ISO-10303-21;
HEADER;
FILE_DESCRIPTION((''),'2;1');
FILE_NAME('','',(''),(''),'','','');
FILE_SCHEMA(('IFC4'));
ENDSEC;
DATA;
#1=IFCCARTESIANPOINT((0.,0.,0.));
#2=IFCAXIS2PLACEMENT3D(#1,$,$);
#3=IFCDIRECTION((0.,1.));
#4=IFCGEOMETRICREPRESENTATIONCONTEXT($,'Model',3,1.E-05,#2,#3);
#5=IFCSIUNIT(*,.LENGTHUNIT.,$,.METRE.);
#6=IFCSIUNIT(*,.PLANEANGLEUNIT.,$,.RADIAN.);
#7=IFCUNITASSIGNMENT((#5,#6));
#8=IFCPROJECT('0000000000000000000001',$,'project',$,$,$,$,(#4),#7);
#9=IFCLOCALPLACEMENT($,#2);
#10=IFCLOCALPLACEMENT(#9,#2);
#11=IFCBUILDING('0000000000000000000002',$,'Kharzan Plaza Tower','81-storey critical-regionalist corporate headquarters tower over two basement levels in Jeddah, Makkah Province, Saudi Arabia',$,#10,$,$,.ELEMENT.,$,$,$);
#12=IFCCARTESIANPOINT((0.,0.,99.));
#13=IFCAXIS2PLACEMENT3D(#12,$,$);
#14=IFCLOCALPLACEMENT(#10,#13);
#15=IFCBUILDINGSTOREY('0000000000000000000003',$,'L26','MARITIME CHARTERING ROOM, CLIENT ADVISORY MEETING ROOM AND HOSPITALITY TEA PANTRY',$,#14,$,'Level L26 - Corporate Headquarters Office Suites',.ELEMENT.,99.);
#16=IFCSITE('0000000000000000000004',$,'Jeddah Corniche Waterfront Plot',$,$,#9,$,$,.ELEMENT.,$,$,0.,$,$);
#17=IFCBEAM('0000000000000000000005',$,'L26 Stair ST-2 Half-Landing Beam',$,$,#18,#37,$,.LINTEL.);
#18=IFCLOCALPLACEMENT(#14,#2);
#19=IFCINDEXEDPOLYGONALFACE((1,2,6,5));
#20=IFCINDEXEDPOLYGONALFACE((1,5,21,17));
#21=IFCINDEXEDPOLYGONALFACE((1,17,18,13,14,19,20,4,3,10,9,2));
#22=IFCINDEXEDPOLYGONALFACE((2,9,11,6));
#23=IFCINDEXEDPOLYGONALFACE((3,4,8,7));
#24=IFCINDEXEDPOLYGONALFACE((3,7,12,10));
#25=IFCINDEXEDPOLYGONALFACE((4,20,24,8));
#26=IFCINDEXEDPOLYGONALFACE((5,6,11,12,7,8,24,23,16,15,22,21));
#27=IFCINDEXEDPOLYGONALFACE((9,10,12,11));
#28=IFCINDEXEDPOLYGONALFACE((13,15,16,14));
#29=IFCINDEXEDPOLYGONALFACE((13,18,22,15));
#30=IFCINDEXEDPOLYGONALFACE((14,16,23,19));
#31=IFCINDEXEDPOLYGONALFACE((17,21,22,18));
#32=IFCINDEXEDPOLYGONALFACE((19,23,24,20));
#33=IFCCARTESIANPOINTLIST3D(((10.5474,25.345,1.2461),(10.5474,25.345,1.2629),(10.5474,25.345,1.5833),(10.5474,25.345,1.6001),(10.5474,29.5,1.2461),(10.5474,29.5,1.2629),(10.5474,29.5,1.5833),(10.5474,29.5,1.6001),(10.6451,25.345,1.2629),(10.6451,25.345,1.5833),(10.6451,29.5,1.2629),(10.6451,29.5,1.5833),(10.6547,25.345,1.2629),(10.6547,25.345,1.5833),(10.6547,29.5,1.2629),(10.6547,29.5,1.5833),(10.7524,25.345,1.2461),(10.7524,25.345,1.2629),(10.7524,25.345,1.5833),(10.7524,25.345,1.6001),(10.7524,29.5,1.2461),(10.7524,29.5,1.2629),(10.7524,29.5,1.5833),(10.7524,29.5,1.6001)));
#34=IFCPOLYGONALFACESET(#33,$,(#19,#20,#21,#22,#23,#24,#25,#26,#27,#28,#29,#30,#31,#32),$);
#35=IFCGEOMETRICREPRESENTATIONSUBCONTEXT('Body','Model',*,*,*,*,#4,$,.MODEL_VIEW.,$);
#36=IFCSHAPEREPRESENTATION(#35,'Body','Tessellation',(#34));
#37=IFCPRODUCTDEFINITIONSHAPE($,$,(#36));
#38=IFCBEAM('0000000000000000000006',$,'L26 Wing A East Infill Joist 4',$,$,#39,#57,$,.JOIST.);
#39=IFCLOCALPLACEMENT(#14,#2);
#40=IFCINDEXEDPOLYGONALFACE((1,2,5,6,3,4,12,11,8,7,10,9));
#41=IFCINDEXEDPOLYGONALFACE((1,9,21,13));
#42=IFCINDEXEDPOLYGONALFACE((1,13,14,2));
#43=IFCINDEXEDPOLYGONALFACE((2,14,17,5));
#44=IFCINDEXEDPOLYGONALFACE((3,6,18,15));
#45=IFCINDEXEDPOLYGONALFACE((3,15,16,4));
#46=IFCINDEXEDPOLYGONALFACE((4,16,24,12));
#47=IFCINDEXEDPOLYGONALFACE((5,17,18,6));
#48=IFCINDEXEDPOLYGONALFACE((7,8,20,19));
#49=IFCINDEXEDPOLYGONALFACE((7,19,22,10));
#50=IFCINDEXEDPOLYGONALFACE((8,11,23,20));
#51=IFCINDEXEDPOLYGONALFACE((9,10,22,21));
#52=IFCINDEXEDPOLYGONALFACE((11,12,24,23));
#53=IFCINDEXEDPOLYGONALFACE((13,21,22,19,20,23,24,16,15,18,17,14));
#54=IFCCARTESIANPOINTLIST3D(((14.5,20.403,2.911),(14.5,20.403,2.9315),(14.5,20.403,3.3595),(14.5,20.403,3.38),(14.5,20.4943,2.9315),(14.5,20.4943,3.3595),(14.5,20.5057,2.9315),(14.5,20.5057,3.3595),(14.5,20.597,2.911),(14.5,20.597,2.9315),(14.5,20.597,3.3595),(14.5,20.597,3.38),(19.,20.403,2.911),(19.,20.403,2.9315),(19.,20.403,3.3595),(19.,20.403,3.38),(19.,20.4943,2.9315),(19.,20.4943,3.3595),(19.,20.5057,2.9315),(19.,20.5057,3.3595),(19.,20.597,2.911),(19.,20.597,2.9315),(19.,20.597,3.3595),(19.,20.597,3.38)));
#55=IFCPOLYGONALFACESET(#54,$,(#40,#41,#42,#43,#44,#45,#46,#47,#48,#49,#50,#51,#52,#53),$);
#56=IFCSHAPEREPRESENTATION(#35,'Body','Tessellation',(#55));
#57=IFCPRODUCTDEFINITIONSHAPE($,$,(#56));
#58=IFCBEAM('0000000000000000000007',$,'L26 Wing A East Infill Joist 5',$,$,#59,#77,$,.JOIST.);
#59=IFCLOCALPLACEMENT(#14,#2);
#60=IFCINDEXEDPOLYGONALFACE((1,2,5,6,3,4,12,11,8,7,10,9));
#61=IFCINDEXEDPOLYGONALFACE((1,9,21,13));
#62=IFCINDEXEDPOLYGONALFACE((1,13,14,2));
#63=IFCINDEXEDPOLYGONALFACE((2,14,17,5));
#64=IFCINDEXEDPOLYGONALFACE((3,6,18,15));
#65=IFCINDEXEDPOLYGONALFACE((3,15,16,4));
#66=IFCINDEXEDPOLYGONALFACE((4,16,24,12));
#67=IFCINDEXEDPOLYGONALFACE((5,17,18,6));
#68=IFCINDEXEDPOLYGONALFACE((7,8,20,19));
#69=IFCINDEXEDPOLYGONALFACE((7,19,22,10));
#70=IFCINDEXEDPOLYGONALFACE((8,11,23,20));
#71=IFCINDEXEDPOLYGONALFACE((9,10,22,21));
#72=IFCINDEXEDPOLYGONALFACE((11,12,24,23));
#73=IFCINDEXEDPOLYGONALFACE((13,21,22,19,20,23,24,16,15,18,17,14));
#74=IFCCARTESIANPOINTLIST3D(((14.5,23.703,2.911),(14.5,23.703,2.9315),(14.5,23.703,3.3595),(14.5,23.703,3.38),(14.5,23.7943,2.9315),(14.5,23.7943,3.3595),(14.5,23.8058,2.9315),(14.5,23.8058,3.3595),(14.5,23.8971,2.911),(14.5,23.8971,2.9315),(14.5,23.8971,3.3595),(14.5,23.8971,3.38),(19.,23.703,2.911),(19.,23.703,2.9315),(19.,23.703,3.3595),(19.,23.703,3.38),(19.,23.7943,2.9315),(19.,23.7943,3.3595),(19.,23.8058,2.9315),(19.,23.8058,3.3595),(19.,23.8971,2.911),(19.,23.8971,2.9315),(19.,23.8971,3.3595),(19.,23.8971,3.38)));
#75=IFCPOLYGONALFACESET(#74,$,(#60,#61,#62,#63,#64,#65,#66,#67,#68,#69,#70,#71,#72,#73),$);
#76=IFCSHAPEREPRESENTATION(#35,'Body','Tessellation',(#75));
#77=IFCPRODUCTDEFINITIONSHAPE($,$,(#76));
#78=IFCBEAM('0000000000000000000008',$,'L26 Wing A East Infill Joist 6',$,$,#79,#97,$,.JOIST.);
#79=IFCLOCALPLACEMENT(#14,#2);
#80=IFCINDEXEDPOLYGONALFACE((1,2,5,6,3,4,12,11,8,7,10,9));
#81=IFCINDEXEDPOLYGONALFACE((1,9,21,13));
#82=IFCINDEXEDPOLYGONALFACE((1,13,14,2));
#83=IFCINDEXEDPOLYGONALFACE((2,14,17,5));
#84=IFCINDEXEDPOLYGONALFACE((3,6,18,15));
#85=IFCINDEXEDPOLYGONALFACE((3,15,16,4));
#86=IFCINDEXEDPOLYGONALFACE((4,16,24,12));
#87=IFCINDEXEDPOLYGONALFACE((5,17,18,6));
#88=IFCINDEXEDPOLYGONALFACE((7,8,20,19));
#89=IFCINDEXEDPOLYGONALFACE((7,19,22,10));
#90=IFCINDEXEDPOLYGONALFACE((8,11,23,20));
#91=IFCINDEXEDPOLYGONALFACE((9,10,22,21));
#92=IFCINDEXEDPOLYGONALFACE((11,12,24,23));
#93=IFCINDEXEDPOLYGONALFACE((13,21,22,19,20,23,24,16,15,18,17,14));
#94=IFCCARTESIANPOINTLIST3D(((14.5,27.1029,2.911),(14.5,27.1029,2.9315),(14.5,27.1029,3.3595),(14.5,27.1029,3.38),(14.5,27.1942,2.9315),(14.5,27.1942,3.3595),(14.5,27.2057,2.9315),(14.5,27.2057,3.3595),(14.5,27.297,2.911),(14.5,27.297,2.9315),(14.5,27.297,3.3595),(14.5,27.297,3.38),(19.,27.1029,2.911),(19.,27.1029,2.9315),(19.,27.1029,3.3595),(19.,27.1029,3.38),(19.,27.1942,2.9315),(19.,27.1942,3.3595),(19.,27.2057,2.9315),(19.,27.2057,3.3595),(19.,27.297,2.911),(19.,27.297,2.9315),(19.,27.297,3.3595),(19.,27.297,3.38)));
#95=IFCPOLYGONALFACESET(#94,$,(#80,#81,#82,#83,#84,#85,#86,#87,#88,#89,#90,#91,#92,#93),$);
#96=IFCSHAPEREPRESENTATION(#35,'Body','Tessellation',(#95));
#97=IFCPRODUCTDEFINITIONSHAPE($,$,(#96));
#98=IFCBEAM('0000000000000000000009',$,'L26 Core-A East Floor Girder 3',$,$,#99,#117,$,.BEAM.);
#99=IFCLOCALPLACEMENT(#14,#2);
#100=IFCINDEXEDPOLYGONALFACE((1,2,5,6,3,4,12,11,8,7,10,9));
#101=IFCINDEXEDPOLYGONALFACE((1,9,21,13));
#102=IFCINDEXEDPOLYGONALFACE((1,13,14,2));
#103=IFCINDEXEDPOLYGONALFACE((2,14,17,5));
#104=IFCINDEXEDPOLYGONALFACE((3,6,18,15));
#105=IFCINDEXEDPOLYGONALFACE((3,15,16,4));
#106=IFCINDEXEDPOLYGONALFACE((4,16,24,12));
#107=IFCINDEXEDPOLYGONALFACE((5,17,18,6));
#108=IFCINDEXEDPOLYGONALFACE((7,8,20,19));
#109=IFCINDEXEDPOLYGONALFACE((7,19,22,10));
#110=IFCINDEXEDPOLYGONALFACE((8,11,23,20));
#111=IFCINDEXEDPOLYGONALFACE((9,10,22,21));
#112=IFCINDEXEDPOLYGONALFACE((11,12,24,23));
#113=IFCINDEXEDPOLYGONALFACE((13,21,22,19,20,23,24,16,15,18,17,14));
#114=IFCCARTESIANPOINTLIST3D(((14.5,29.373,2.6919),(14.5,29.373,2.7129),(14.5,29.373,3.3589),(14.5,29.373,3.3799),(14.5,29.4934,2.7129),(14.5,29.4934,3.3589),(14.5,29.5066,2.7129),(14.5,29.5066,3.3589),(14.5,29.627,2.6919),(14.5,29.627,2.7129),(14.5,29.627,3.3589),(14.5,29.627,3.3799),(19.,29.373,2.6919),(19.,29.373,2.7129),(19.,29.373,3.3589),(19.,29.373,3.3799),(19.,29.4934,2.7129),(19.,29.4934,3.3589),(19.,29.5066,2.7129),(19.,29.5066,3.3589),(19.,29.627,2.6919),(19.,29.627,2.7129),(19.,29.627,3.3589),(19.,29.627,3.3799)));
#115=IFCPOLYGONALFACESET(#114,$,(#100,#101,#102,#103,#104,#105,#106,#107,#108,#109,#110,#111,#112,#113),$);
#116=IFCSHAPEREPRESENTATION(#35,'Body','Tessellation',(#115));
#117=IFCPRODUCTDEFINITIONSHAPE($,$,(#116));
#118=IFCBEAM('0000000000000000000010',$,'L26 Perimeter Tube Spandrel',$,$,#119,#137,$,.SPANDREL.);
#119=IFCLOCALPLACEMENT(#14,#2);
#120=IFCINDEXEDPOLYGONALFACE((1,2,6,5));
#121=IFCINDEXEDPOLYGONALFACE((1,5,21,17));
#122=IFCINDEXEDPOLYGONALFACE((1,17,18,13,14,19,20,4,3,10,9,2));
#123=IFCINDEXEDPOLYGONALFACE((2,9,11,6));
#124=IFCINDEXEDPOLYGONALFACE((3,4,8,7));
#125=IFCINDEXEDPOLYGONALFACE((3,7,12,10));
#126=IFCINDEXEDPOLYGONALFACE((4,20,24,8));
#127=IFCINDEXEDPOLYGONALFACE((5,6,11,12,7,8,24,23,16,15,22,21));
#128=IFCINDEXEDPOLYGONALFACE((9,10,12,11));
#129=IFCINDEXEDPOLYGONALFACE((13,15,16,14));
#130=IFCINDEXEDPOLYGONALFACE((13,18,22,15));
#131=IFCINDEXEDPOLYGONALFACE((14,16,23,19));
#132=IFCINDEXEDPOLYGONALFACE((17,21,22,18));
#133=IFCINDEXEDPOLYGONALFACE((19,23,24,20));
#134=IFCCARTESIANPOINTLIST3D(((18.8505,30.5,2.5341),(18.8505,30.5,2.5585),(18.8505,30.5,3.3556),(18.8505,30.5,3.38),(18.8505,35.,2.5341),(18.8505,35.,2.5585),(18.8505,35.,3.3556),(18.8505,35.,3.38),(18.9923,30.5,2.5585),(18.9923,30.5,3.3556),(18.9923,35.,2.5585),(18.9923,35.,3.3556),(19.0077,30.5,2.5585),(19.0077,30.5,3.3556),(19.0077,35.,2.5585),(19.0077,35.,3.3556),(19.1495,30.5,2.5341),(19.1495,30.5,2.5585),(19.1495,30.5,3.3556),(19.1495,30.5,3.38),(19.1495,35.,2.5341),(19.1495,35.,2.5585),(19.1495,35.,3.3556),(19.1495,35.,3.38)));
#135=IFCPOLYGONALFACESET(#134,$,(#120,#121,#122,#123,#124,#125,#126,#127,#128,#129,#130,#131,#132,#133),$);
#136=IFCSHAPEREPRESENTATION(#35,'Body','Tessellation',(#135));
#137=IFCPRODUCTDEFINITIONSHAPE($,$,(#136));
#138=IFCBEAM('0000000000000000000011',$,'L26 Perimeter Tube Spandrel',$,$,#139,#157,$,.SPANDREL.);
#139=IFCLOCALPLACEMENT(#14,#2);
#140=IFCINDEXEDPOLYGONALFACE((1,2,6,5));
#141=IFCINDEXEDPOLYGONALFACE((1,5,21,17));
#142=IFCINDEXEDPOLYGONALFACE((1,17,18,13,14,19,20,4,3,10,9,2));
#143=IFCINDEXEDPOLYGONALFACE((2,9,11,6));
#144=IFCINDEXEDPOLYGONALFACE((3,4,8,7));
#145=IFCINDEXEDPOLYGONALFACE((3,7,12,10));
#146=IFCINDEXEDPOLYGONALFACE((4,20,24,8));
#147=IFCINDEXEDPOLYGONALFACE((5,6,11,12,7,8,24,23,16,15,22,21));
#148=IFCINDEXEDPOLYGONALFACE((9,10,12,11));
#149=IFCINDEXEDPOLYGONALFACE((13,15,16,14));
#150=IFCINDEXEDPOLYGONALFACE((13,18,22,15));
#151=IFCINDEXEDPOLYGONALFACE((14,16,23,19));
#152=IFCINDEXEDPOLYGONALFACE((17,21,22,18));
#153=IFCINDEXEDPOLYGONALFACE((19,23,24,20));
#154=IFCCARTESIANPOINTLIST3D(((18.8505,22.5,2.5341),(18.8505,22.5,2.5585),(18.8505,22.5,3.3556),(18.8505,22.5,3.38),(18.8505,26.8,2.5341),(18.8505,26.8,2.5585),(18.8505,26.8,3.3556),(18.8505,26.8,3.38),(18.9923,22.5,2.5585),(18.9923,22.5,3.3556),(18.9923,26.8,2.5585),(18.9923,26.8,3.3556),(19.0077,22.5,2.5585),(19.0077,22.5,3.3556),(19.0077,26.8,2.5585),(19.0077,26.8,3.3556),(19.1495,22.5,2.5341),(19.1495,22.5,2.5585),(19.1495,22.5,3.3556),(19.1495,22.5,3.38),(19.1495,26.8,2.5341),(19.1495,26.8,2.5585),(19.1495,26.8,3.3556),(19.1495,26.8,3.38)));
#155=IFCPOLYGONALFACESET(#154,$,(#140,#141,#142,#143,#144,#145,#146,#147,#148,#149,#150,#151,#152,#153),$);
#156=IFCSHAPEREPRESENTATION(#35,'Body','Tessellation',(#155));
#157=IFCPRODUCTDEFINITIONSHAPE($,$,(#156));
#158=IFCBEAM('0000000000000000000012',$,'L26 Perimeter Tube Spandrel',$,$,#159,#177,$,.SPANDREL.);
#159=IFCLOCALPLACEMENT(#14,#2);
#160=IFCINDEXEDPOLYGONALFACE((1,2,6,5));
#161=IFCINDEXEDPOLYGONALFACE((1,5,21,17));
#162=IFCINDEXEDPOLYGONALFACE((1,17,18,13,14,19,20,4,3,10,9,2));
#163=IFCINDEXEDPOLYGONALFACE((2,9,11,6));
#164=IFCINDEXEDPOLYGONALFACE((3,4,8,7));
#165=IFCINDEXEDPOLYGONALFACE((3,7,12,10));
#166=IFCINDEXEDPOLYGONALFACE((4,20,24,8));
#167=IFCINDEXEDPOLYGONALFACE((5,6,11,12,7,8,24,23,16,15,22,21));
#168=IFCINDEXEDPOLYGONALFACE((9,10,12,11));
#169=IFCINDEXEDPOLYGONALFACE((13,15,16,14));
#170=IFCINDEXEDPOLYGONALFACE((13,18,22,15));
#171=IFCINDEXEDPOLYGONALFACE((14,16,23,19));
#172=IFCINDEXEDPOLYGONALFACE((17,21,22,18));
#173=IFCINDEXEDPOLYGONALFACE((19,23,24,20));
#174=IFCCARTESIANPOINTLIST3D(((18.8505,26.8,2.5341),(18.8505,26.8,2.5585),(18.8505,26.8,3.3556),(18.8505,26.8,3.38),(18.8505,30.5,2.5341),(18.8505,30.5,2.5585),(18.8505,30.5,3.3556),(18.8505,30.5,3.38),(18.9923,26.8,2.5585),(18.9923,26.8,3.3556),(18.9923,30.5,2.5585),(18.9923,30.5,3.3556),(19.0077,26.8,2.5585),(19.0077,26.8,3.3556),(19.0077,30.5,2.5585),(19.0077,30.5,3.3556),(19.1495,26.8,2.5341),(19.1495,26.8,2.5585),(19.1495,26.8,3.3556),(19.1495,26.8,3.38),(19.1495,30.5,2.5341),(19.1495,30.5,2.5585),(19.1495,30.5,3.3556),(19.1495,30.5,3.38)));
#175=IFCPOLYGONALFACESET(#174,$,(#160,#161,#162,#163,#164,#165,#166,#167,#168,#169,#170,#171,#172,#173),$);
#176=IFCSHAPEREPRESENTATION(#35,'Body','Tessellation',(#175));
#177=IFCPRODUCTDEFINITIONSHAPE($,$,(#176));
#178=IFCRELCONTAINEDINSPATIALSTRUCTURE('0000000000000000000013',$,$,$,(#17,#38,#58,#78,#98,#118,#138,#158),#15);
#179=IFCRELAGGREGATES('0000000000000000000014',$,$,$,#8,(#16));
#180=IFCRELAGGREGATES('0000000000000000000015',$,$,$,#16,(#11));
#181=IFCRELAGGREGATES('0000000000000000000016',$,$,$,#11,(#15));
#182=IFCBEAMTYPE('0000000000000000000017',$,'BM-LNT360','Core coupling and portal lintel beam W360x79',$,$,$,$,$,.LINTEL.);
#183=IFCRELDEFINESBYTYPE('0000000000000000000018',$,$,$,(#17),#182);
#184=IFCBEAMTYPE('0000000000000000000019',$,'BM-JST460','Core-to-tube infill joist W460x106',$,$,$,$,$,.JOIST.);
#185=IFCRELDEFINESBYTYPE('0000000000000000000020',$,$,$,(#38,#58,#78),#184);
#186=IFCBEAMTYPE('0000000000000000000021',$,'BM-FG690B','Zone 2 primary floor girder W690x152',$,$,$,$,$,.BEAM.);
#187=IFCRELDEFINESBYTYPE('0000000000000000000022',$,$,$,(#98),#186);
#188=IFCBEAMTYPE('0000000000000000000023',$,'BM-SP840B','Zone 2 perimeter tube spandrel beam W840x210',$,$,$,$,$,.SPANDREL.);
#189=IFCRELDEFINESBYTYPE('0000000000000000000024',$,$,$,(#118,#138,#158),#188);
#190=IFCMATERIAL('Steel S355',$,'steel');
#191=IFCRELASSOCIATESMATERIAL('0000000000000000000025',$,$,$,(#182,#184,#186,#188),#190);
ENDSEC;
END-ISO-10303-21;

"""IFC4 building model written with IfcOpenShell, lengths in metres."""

from ifc_helpers import new_model, si_unit, direction, frame, origin, origin_2d, place, context, subcontext, project, spatial, i_section, extrude, source, transform, mapped, material, material_profile, profile_set, type_object, element, save


model = new_model("IFC4")

# Units and contexts
model_context = context("Model", 3, precision=1e-05, world=origin(), true_north=direction((0.0, 1.0)))
body_context = subcontext(model_context, "Body", "Model", "MODEL_VIEW")
ifc_project = project(units=[si_unit("LENGTHUNIT", "METRE"), si_unit("PLANEANGLEUNIT", "RADIAN")], contexts=[model_context])

# Site, building, storey
site_placement = place(None, origin())
site = spatial("IfcSite", under=ifc_project, at=site_placement, Name="Jeddah Corniche Waterfront Plot", CompositionType="ELEMENT", RefElevation=0.0)
building_placement = place(site_placement, origin())
building = spatial("IfcBuilding", under=site, at=building_placement, Name="Kharzan Plaza Tower", Description="81-storey critical-regionalist corporate headquarters tower over two basement levels in Jeddah, Makkah Province, Saudi Arabia", CompositionType="ELEMENT")
storey_placement = place(building_placement, frame((0.0, 0.0, 99.0)))
storey = spatial("IfcBuildingStorey", under=building, at=storey_placement, Name="L26", Description="MARITIME CHARTERING ROOM, CLIENT ADVISORY MEETING ROOM AND HOSPITALITY TEA PANTRY", LongName="Level L26 - Corporate Headquarters Office Suites", CompositionType="ELEMENT", Elevation=99.0)

# Beams
ifc_material_1 = material(Name="Steel S355", Category="steel")
ifc_material_profile_1 = material_profile(ifc_material_1, i_section(OverallWidth=0.2051, OverallDepth=0.354, WebThickness=0.0095, FlangeThickness=0.0168, at=origin_2d()), Name="W360x79")
ifc_profile_set_1 = profile_set([ifc_material_profile_1], Name="Steel S355")
beam_type_1 = type_object("IfcBeamType", Name="BM-LNT360", Description="Core coupling and portal lintel beam W360x79", PredefinedType="LINTEL", material=ifc_profile_set_1)
shared_shape_1 = source(origin(), body_context, "Body", "SweptSolid", [
    extrude(i_section(OverallWidth=0.2051, OverallDepth=0.354, WebThickness=0.0095, FlangeThickness=0.0168, at=origin_2d()), origin(), (0.0, 0.0, 1.0), 4.155),
])
beam_1_placement = place(storey_placement, frame((10.6499, 25.345, 1.4231), z_axis=(0.0, 1.0, 0.0), x_axis=(-1.0, 0.0, 0.0)))
element("IfcBeam", 1, at=beam_1_placement, inside=storey, type_object=beam_type_1, Name="L26 Stair ST-2 Half-Landing Beam", PredefinedType="LINTEL", context=body_context, shape_type="MappedRepresentation", body=[
    mapped(shared_shape_1, transform((0.0, 0.0, 0.0), x_axis=(1.0, 0.0, 0.0), y_axis=(0.0, 1.0, 0.0), z_axis=(0.0, 0.0, 1.0))),
])
ifc_material_profile_2 = material_profile(ifc_material_1, i_section(OverallWidth=0.1941, OverallDepth=0.469, WebThickness=0.0115, FlangeThickness=0.0205, at=origin_2d()), Name="W460x106")
ifc_profile_set_2 = profile_set([ifc_material_profile_2], Name="Steel S355")
beam_type_2 = type_object("IfcBeamType", Name="BM-JST460", Description="Core-to-tube infill joist W460x106", PredefinedType="JOIST", material=ifc_profile_set_2)
shared_shape_2 = source(origin(), body_context, "Body", "SweptSolid", [
    extrude(i_section(OverallWidth=0.1941, OverallDepth=0.469, WebThickness=0.0115, FlangeThickness=0.0205, at=origin_2d()), origin(), (0.0, 0.0, 1.0), 4.5),
])
for number, where, z_axis, x_axis, name in (
    (2, (14.5, 20.5, 3.1455), (1.0, 0.0, 0.0), (0.0, 1.0, 0.0), "L26 Wing A East Infill Joist 4"),
    (3, (14.5, 23.8, 3.1455), (1.0, 0.0, 0.0), (0.0, 1.0, 0.0), "L26 Wing A East Infill Joist 5"),
    (4, (14.5, 27.2, 3.1455), (1.0, 0.0, 0.0), (0.0, 1.0, 0.0), "L26 Wing A East Infill Joist 6"),
):
    element("IfcBeam", number, at=place(storey_placement, frame(where, z_axis=z_axis, x_axis=x_axis)), inside=storey, type_object=beam_type_2, Name=name, PredefinedType="JOIST", context=body_context, shape_type="MappedRepresentation", body=[
        mapped(shared_shape_2, transform((0.0, 0.0, 0.0), x_axis=(1.0, 0.0, 0.0), y_axis=(0.0, 1.0, 0.0), z_axis=(0.0, 0.0, 1.0))),
    ])
ifc_material_profile_3 = material_profile(ifc_material_1, i_section(OverallWidth=0.2539, OverallDepth=0.688, WebThickness=0.0132, FlangeThickness=0.021, at=origin_2d()), Name="W690x152")
ifc_profile_set_3 = profile_set([ifc_material_profile_3], Name="Steel S355")
beam_type_3 = type_object("IfcBeamType", Name="BM-FG690B", Description="Zone 2 primary floor girder W690x152", PredefinedType="BEAM", material=ifc_profile_set_3)
shared_shape_3 = source(origin(), body_context, "Body", "SweptSolid", [
    extrude(i_section(OverallWidth=0.2539, OverallDepth=0.688, WebThickness=0.0132, FlangeThickness=0.021, at=origin_2d()), origin(), (0.0, 0.0, 1.0), 4.5),
])
beam_2_placement = place(storey_placement, frame((14.5, 29.5, 3.0359), z_axis=(1.0, 0.0, 0.0), x_axis=(0.0, 1.0, 0.0)))
element("IfcBeam", 5, at=beam_2_placement, inside=storey, type_object=beam_type_3, Name="L26 Core-A East Floor Girder 3", PredefinedType="BEAM", context=body_context, shape_type="MappedRepresentation", body=[
    mapped(shared_shape_3, transform((0.0, 0.0, 0.0), x_axis=(1.0, 0.0, 0.0), y_axis=(0.0, 1.0, 0.0), z_axis=(0.0, 0.0, 1.0))),
])
ifc_material_profile_4 = material_profile(ifc_material_1, i_section(OverallWidth=0.2991, OverallDepth=0.8459, WebThickness=0.0154, FlangeThickness=0.0244, at=origin_2d()), Name="W840x210")
ifc_profile_set_4 = profile_set([ifc_material_profile_4], Name="Steel S355")
beam_type_4 = type_object("IfcBeamType", Name="BM-SP840B", Description="Zone 2 perimeter tube spandrel beam W840x210", PredefinedType="SPANDREL", material=ifc_profile_set_4)
shared_shape_4 = source(origin(), body_context, "Body", "SweptSolid", [
    extrude(i_section(OverallWidth=0.2991, OverallDepth=0.8459, WebThickness=0.0154, FlangeThickness=0.0244, at=origin_2d()), origin(), (0.0, 0.0, 1.0), 4.5),
])
beam_3_placement = place(storey_placement, frame((19.0, 30.5, 2.957), z_axis=(0.0, 1.0, 0.0), x_axis=(-1.0, 0.0, 0.0)))
element("IfcBeam", 6, at=beam_3_placement, inside=storey, type_object=beam_type_4, Name="L26 Perimeter Tube Spandrel", PredefinedType="SPANDREL", context=body_context, shape_type="MappedRepresentation", body=[
    mapped(shared_shape_4, transform((0.0, 0.0, 0.0), x_axis=(1.0, 0.0, 0.0), y_axis=(0.0, 1.0, 0.0), z_axis=(0.0, 0.0, 1.0))),
])
shared_shape_5 = source(origin(), body_context, "Body", "SweptSolid", [
    extrude(i_section(OverallWidth=0.2991, OverallDepth=0.8459, WebThickness=0.0154, FlangeThickness=0.0244, at=origin_2d()), origin(), (0.0, 0.0, 1.0), 4.3),
])
beam_4_placement = place(storey_placement, frame((19.0, 22.5, 2.957), z_axis=(0.0, 1.0, 0.0), x_axis=(-1.0, 0.0, 0.0)))
element("IfcBeam", 7, at=beam_4_placement, inside=storey, type_object=beam_type_4, Name="L26 Perimeter Tube Spandrel", PredefinedType="SPANDREL", context=body_context, shape_type="MappedRepresentation", body=[
    mapped(shared_shape_5, transform((0.0, 0.0, 0.0), x_axis=(1.0, 0.0, 0.0), y_axis=(0.0, 1.0, 0.0), z_axis=(0.0, 0.0, 1.0))),
])
shared_shape_6 = source(origin(), body_context, "Body", "SweptSolid", [
    extrude(i_section(OverallWidth=0.2991, OverallDepth=0.8459, WebThickness=0.0154, FlangeThickness=0.0244, at=origin_2d()), origin(), (0.0, 0.0, 1.0), 3.7),
])
beam_5_placement = place(storey_placement, frame((19.0, 26.8, 2.957), z_axis=(0.0, 1.0, 0.0), x_axis=(-1.0, 0.0, 0.0)))
element("IfcBeam", 8, at=beam_5_placement, inside=storey, type_object=beam_type_4, Name="L26 Perimeter Tube Spandrel", PredefinedType="SPANDREL", context=body_context, shape_type="MappedRepresentation", body=[
    mapped(shared_shape_6, transform((0.0, 0.0, 0.0), x_axis=(1.0, 0.0, 0.0), y_axis=(0.0, 1.0, 0.0), z_axis=(0.0, 0.0, 1.0))),
])

save(model, "model.ifc")
